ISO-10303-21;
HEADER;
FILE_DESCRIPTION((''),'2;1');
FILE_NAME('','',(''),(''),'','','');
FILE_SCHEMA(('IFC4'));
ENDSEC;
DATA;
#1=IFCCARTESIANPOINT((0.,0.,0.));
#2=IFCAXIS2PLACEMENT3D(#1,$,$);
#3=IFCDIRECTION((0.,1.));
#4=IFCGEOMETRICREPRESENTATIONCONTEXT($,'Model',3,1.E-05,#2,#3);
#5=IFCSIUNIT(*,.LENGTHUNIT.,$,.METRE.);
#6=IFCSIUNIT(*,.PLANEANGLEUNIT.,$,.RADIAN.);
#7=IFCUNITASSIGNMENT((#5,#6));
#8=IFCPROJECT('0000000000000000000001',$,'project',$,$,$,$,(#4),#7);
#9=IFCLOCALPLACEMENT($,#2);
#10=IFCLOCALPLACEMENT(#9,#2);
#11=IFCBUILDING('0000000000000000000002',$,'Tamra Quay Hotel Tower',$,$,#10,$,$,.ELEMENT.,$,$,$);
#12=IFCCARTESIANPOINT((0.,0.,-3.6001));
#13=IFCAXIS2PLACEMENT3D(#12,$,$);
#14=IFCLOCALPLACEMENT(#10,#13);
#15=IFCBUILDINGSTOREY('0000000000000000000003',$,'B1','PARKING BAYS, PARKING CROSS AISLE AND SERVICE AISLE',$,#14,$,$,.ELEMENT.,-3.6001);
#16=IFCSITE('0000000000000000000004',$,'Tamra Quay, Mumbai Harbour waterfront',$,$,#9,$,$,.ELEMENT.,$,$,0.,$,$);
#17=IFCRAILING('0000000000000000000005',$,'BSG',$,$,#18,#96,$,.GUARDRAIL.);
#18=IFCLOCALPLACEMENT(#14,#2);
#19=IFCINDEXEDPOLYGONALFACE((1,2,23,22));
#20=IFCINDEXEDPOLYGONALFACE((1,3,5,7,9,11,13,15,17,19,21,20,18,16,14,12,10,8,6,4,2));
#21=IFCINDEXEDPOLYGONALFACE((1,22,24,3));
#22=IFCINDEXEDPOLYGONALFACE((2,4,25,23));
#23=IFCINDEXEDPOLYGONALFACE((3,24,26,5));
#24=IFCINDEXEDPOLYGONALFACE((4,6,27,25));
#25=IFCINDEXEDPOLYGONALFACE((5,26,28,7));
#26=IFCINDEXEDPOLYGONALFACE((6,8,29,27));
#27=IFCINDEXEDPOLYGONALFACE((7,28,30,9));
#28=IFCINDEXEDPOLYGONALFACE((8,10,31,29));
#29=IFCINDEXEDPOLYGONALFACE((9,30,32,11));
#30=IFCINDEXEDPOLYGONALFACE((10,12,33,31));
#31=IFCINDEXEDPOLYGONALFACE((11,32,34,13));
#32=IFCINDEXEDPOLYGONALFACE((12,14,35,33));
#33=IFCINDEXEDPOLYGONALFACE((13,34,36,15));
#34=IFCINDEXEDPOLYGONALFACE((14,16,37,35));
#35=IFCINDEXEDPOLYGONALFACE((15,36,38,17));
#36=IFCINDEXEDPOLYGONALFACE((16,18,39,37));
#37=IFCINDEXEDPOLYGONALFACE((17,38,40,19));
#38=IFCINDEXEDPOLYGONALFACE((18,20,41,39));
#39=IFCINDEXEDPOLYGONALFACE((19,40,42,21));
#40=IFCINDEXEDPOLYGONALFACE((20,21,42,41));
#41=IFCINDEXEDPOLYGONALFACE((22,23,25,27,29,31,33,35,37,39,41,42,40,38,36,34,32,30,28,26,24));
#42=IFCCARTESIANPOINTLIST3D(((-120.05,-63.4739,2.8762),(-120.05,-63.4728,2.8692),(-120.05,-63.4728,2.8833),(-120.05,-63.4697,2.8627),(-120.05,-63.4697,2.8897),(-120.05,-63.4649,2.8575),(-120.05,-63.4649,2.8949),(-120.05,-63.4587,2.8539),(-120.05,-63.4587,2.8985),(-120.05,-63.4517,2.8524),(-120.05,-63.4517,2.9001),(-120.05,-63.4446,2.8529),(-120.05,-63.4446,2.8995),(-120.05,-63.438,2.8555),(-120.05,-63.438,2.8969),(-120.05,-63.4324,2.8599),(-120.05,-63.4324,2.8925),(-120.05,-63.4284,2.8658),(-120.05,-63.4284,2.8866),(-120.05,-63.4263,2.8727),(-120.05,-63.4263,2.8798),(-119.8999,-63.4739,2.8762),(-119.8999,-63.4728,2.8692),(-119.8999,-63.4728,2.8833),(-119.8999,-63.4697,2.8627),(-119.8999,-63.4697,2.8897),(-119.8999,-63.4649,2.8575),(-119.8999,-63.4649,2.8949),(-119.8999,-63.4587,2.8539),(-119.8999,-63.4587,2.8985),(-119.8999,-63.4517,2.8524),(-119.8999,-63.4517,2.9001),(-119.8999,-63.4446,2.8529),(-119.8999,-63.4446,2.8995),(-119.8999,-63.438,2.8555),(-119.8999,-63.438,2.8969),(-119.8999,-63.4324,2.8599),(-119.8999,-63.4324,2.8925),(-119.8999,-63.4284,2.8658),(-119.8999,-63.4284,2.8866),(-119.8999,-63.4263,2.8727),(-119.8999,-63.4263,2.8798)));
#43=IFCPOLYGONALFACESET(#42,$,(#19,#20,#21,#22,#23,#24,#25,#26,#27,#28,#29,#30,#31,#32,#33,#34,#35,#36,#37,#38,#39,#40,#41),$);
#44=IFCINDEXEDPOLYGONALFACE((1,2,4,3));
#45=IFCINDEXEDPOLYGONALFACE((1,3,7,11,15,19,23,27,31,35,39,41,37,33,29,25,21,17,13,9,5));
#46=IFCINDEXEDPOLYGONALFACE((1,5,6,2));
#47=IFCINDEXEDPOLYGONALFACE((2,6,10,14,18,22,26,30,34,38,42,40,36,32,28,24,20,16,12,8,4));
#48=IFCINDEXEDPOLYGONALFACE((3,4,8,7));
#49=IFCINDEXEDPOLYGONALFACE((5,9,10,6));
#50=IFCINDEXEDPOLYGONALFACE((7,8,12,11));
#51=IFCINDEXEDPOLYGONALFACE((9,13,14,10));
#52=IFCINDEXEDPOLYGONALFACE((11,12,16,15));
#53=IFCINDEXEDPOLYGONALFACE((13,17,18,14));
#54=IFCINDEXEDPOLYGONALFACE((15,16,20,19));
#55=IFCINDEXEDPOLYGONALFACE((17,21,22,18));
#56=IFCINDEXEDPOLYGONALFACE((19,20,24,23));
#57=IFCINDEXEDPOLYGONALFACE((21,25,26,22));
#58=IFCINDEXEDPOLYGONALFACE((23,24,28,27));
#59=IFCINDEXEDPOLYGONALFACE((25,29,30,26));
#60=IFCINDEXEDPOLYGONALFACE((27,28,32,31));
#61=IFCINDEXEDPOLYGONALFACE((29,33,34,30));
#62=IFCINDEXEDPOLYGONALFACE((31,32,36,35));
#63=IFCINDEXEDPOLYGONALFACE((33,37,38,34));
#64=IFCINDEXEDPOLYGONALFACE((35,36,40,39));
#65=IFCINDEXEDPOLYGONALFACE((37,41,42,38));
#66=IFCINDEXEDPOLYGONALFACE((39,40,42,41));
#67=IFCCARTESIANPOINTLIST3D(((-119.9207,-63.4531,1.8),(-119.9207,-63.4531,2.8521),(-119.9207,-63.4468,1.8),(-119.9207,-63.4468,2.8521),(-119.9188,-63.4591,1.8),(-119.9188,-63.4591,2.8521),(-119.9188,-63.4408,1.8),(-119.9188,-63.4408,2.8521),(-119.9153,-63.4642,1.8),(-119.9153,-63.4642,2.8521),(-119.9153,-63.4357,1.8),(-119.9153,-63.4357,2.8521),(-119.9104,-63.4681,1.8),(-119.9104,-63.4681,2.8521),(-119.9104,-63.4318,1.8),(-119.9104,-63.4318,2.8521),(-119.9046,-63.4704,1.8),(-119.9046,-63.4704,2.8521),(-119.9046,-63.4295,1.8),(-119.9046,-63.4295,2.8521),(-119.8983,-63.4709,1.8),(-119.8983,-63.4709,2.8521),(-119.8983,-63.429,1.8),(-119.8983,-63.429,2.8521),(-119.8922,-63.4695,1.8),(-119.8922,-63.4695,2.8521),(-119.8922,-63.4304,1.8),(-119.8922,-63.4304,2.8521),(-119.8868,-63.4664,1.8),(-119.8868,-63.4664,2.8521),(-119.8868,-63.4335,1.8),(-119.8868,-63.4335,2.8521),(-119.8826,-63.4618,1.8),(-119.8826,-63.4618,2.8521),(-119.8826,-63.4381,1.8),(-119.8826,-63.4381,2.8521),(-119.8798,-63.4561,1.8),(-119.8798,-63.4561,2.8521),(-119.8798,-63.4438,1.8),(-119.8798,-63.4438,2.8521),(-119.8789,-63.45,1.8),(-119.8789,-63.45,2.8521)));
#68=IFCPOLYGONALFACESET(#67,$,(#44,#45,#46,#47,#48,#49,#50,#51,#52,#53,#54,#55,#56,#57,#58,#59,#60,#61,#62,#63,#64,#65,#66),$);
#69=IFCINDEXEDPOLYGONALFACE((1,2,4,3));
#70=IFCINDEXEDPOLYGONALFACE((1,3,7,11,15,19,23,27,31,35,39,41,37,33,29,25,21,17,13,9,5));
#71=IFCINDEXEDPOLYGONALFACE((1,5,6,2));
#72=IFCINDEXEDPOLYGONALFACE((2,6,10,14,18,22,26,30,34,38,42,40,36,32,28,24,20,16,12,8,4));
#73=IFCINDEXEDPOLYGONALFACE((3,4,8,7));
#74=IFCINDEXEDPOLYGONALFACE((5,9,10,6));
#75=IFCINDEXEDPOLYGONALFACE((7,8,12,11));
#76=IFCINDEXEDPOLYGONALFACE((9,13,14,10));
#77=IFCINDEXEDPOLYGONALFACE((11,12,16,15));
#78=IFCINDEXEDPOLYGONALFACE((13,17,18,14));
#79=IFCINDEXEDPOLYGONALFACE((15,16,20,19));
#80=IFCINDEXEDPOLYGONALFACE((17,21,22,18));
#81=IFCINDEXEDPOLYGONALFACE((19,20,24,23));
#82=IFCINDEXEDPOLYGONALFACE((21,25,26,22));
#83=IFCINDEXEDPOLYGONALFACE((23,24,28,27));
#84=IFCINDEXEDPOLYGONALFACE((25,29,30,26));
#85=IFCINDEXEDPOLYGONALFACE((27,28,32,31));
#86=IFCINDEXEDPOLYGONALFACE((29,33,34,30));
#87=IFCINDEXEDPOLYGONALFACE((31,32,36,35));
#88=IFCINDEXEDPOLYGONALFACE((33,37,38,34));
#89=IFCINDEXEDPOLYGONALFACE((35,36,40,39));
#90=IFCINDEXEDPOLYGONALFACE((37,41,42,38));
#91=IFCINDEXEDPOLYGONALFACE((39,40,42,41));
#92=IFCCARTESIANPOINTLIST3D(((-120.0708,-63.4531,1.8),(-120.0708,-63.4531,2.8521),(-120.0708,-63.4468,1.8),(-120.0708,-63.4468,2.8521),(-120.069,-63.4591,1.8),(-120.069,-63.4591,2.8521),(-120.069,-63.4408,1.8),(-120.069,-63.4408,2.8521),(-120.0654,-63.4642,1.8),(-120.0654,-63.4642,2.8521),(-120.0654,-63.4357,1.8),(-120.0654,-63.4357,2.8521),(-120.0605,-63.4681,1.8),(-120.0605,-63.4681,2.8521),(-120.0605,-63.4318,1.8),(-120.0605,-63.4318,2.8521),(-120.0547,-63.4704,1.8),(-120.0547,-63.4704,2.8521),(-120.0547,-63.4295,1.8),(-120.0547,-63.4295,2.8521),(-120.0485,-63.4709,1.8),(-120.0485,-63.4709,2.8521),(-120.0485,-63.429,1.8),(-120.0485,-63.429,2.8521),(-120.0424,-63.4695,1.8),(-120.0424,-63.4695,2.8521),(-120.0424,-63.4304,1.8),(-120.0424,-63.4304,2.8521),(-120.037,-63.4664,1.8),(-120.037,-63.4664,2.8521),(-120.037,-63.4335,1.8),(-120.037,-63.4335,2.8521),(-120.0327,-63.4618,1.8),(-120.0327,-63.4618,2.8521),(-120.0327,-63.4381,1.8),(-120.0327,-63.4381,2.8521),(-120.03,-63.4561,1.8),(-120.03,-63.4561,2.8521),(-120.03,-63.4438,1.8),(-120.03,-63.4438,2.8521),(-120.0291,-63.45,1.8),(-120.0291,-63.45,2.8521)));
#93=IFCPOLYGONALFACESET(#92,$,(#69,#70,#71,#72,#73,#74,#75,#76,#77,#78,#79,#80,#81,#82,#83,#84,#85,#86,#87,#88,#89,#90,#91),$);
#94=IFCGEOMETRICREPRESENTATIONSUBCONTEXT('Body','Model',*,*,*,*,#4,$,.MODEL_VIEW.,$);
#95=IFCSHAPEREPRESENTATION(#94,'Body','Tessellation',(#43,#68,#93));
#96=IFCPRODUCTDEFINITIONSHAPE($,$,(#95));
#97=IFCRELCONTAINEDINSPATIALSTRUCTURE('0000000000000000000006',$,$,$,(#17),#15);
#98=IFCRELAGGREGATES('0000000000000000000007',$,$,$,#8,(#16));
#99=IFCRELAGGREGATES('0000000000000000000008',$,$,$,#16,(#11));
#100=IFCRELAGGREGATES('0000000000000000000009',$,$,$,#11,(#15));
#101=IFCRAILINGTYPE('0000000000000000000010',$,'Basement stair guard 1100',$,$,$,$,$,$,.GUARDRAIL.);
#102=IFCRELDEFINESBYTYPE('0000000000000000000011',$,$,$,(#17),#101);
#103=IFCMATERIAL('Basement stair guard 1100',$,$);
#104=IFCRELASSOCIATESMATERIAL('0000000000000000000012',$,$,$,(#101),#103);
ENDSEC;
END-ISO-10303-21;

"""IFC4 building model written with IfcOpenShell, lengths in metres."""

from ifc_helpers import new_model, si_unit, direction, frame, origin, origin_2d, place, context, subcontext, project, spatial, circle, extrude, material, type_object, element, save


model = new_model("IFC4")

# Units and contexts
model_context = context("Model", 3, precision=1e-05, world=origin(), true_north=direction((0.0, 1.0)))
body_context = subcontext(model_context, "Body", "Model", "MODEL_VIEW")
ifc_project = project(units=[si_unit("LENGTHUNIT", "METRE"), si_unit("PLANEANGLEUNIT", "RADIAN")], contexts=[model_context])

# Site, building, storey
site_placement = place(None, origin())
site = spatial("IfcSite", under=ifc_project, at=site_placement, Name="Tamra Quay, Mumbai Harbour waterfront", CompositionType="ELEMENT", RefElevation=0.0)
building_placement = place(site_placement, origin())
building = spatial("IfcBuilding", under=site, at=building_placement, Name="Tamra Quay Hotel Tower", CompositionType="ELEMENT")
storey_placement = place(building_placement, frame((0.0, 0.0, -3.6001)))
storey = spatial("IfcBuildingStorey", under=building, at=storey_placement, Name="B1", Description="PARKING BAYS, PARKING CROSS AISLE AND SERVICE AISLE", CompositionType="ELEMENT", Elevation=-3.6001)

# Railing
ifc_material_1 = material(Name="Basement stair guard 1100")
railing_type_1 = type_object("IfcRailingType", Name="Basement stair guard 1100", PredefinedType="GUARDRAIL", material=ifc_material_1)
railing_1_placement = place(storey_placement, frame((-119.8999, -63.45, 1.8)))
element("IfcRailing", 1, at=railing_1_placement, inside=storey, type_object=railing_type_1, Name="BSG", PredefinedType="GUARDRAIL", context=body_context, shape_type="SweptSolid", body=[
    extrude(circle(Radius=0.0239, at=origin_2d()), frame((0.0, 0.0, 1.0762), z_axis=(-1.0, 0.0, 0.0), x_axis=(0.0, -1.0, 0.0)), (0.0, 0.0, 1.0), 0.1501),
    extrude(circle(Radius=0.021, at=origin_2d()), origin(), (0.0, 0.0, 1.0), 1.052),
    extrude(circle(Radius=0.021, at=origin_2d()), frame((-0.1501, 0.0, 0.0)), (0.0, 0.0, 1.0), 1.052),
])

save(model, "model.ifc")
